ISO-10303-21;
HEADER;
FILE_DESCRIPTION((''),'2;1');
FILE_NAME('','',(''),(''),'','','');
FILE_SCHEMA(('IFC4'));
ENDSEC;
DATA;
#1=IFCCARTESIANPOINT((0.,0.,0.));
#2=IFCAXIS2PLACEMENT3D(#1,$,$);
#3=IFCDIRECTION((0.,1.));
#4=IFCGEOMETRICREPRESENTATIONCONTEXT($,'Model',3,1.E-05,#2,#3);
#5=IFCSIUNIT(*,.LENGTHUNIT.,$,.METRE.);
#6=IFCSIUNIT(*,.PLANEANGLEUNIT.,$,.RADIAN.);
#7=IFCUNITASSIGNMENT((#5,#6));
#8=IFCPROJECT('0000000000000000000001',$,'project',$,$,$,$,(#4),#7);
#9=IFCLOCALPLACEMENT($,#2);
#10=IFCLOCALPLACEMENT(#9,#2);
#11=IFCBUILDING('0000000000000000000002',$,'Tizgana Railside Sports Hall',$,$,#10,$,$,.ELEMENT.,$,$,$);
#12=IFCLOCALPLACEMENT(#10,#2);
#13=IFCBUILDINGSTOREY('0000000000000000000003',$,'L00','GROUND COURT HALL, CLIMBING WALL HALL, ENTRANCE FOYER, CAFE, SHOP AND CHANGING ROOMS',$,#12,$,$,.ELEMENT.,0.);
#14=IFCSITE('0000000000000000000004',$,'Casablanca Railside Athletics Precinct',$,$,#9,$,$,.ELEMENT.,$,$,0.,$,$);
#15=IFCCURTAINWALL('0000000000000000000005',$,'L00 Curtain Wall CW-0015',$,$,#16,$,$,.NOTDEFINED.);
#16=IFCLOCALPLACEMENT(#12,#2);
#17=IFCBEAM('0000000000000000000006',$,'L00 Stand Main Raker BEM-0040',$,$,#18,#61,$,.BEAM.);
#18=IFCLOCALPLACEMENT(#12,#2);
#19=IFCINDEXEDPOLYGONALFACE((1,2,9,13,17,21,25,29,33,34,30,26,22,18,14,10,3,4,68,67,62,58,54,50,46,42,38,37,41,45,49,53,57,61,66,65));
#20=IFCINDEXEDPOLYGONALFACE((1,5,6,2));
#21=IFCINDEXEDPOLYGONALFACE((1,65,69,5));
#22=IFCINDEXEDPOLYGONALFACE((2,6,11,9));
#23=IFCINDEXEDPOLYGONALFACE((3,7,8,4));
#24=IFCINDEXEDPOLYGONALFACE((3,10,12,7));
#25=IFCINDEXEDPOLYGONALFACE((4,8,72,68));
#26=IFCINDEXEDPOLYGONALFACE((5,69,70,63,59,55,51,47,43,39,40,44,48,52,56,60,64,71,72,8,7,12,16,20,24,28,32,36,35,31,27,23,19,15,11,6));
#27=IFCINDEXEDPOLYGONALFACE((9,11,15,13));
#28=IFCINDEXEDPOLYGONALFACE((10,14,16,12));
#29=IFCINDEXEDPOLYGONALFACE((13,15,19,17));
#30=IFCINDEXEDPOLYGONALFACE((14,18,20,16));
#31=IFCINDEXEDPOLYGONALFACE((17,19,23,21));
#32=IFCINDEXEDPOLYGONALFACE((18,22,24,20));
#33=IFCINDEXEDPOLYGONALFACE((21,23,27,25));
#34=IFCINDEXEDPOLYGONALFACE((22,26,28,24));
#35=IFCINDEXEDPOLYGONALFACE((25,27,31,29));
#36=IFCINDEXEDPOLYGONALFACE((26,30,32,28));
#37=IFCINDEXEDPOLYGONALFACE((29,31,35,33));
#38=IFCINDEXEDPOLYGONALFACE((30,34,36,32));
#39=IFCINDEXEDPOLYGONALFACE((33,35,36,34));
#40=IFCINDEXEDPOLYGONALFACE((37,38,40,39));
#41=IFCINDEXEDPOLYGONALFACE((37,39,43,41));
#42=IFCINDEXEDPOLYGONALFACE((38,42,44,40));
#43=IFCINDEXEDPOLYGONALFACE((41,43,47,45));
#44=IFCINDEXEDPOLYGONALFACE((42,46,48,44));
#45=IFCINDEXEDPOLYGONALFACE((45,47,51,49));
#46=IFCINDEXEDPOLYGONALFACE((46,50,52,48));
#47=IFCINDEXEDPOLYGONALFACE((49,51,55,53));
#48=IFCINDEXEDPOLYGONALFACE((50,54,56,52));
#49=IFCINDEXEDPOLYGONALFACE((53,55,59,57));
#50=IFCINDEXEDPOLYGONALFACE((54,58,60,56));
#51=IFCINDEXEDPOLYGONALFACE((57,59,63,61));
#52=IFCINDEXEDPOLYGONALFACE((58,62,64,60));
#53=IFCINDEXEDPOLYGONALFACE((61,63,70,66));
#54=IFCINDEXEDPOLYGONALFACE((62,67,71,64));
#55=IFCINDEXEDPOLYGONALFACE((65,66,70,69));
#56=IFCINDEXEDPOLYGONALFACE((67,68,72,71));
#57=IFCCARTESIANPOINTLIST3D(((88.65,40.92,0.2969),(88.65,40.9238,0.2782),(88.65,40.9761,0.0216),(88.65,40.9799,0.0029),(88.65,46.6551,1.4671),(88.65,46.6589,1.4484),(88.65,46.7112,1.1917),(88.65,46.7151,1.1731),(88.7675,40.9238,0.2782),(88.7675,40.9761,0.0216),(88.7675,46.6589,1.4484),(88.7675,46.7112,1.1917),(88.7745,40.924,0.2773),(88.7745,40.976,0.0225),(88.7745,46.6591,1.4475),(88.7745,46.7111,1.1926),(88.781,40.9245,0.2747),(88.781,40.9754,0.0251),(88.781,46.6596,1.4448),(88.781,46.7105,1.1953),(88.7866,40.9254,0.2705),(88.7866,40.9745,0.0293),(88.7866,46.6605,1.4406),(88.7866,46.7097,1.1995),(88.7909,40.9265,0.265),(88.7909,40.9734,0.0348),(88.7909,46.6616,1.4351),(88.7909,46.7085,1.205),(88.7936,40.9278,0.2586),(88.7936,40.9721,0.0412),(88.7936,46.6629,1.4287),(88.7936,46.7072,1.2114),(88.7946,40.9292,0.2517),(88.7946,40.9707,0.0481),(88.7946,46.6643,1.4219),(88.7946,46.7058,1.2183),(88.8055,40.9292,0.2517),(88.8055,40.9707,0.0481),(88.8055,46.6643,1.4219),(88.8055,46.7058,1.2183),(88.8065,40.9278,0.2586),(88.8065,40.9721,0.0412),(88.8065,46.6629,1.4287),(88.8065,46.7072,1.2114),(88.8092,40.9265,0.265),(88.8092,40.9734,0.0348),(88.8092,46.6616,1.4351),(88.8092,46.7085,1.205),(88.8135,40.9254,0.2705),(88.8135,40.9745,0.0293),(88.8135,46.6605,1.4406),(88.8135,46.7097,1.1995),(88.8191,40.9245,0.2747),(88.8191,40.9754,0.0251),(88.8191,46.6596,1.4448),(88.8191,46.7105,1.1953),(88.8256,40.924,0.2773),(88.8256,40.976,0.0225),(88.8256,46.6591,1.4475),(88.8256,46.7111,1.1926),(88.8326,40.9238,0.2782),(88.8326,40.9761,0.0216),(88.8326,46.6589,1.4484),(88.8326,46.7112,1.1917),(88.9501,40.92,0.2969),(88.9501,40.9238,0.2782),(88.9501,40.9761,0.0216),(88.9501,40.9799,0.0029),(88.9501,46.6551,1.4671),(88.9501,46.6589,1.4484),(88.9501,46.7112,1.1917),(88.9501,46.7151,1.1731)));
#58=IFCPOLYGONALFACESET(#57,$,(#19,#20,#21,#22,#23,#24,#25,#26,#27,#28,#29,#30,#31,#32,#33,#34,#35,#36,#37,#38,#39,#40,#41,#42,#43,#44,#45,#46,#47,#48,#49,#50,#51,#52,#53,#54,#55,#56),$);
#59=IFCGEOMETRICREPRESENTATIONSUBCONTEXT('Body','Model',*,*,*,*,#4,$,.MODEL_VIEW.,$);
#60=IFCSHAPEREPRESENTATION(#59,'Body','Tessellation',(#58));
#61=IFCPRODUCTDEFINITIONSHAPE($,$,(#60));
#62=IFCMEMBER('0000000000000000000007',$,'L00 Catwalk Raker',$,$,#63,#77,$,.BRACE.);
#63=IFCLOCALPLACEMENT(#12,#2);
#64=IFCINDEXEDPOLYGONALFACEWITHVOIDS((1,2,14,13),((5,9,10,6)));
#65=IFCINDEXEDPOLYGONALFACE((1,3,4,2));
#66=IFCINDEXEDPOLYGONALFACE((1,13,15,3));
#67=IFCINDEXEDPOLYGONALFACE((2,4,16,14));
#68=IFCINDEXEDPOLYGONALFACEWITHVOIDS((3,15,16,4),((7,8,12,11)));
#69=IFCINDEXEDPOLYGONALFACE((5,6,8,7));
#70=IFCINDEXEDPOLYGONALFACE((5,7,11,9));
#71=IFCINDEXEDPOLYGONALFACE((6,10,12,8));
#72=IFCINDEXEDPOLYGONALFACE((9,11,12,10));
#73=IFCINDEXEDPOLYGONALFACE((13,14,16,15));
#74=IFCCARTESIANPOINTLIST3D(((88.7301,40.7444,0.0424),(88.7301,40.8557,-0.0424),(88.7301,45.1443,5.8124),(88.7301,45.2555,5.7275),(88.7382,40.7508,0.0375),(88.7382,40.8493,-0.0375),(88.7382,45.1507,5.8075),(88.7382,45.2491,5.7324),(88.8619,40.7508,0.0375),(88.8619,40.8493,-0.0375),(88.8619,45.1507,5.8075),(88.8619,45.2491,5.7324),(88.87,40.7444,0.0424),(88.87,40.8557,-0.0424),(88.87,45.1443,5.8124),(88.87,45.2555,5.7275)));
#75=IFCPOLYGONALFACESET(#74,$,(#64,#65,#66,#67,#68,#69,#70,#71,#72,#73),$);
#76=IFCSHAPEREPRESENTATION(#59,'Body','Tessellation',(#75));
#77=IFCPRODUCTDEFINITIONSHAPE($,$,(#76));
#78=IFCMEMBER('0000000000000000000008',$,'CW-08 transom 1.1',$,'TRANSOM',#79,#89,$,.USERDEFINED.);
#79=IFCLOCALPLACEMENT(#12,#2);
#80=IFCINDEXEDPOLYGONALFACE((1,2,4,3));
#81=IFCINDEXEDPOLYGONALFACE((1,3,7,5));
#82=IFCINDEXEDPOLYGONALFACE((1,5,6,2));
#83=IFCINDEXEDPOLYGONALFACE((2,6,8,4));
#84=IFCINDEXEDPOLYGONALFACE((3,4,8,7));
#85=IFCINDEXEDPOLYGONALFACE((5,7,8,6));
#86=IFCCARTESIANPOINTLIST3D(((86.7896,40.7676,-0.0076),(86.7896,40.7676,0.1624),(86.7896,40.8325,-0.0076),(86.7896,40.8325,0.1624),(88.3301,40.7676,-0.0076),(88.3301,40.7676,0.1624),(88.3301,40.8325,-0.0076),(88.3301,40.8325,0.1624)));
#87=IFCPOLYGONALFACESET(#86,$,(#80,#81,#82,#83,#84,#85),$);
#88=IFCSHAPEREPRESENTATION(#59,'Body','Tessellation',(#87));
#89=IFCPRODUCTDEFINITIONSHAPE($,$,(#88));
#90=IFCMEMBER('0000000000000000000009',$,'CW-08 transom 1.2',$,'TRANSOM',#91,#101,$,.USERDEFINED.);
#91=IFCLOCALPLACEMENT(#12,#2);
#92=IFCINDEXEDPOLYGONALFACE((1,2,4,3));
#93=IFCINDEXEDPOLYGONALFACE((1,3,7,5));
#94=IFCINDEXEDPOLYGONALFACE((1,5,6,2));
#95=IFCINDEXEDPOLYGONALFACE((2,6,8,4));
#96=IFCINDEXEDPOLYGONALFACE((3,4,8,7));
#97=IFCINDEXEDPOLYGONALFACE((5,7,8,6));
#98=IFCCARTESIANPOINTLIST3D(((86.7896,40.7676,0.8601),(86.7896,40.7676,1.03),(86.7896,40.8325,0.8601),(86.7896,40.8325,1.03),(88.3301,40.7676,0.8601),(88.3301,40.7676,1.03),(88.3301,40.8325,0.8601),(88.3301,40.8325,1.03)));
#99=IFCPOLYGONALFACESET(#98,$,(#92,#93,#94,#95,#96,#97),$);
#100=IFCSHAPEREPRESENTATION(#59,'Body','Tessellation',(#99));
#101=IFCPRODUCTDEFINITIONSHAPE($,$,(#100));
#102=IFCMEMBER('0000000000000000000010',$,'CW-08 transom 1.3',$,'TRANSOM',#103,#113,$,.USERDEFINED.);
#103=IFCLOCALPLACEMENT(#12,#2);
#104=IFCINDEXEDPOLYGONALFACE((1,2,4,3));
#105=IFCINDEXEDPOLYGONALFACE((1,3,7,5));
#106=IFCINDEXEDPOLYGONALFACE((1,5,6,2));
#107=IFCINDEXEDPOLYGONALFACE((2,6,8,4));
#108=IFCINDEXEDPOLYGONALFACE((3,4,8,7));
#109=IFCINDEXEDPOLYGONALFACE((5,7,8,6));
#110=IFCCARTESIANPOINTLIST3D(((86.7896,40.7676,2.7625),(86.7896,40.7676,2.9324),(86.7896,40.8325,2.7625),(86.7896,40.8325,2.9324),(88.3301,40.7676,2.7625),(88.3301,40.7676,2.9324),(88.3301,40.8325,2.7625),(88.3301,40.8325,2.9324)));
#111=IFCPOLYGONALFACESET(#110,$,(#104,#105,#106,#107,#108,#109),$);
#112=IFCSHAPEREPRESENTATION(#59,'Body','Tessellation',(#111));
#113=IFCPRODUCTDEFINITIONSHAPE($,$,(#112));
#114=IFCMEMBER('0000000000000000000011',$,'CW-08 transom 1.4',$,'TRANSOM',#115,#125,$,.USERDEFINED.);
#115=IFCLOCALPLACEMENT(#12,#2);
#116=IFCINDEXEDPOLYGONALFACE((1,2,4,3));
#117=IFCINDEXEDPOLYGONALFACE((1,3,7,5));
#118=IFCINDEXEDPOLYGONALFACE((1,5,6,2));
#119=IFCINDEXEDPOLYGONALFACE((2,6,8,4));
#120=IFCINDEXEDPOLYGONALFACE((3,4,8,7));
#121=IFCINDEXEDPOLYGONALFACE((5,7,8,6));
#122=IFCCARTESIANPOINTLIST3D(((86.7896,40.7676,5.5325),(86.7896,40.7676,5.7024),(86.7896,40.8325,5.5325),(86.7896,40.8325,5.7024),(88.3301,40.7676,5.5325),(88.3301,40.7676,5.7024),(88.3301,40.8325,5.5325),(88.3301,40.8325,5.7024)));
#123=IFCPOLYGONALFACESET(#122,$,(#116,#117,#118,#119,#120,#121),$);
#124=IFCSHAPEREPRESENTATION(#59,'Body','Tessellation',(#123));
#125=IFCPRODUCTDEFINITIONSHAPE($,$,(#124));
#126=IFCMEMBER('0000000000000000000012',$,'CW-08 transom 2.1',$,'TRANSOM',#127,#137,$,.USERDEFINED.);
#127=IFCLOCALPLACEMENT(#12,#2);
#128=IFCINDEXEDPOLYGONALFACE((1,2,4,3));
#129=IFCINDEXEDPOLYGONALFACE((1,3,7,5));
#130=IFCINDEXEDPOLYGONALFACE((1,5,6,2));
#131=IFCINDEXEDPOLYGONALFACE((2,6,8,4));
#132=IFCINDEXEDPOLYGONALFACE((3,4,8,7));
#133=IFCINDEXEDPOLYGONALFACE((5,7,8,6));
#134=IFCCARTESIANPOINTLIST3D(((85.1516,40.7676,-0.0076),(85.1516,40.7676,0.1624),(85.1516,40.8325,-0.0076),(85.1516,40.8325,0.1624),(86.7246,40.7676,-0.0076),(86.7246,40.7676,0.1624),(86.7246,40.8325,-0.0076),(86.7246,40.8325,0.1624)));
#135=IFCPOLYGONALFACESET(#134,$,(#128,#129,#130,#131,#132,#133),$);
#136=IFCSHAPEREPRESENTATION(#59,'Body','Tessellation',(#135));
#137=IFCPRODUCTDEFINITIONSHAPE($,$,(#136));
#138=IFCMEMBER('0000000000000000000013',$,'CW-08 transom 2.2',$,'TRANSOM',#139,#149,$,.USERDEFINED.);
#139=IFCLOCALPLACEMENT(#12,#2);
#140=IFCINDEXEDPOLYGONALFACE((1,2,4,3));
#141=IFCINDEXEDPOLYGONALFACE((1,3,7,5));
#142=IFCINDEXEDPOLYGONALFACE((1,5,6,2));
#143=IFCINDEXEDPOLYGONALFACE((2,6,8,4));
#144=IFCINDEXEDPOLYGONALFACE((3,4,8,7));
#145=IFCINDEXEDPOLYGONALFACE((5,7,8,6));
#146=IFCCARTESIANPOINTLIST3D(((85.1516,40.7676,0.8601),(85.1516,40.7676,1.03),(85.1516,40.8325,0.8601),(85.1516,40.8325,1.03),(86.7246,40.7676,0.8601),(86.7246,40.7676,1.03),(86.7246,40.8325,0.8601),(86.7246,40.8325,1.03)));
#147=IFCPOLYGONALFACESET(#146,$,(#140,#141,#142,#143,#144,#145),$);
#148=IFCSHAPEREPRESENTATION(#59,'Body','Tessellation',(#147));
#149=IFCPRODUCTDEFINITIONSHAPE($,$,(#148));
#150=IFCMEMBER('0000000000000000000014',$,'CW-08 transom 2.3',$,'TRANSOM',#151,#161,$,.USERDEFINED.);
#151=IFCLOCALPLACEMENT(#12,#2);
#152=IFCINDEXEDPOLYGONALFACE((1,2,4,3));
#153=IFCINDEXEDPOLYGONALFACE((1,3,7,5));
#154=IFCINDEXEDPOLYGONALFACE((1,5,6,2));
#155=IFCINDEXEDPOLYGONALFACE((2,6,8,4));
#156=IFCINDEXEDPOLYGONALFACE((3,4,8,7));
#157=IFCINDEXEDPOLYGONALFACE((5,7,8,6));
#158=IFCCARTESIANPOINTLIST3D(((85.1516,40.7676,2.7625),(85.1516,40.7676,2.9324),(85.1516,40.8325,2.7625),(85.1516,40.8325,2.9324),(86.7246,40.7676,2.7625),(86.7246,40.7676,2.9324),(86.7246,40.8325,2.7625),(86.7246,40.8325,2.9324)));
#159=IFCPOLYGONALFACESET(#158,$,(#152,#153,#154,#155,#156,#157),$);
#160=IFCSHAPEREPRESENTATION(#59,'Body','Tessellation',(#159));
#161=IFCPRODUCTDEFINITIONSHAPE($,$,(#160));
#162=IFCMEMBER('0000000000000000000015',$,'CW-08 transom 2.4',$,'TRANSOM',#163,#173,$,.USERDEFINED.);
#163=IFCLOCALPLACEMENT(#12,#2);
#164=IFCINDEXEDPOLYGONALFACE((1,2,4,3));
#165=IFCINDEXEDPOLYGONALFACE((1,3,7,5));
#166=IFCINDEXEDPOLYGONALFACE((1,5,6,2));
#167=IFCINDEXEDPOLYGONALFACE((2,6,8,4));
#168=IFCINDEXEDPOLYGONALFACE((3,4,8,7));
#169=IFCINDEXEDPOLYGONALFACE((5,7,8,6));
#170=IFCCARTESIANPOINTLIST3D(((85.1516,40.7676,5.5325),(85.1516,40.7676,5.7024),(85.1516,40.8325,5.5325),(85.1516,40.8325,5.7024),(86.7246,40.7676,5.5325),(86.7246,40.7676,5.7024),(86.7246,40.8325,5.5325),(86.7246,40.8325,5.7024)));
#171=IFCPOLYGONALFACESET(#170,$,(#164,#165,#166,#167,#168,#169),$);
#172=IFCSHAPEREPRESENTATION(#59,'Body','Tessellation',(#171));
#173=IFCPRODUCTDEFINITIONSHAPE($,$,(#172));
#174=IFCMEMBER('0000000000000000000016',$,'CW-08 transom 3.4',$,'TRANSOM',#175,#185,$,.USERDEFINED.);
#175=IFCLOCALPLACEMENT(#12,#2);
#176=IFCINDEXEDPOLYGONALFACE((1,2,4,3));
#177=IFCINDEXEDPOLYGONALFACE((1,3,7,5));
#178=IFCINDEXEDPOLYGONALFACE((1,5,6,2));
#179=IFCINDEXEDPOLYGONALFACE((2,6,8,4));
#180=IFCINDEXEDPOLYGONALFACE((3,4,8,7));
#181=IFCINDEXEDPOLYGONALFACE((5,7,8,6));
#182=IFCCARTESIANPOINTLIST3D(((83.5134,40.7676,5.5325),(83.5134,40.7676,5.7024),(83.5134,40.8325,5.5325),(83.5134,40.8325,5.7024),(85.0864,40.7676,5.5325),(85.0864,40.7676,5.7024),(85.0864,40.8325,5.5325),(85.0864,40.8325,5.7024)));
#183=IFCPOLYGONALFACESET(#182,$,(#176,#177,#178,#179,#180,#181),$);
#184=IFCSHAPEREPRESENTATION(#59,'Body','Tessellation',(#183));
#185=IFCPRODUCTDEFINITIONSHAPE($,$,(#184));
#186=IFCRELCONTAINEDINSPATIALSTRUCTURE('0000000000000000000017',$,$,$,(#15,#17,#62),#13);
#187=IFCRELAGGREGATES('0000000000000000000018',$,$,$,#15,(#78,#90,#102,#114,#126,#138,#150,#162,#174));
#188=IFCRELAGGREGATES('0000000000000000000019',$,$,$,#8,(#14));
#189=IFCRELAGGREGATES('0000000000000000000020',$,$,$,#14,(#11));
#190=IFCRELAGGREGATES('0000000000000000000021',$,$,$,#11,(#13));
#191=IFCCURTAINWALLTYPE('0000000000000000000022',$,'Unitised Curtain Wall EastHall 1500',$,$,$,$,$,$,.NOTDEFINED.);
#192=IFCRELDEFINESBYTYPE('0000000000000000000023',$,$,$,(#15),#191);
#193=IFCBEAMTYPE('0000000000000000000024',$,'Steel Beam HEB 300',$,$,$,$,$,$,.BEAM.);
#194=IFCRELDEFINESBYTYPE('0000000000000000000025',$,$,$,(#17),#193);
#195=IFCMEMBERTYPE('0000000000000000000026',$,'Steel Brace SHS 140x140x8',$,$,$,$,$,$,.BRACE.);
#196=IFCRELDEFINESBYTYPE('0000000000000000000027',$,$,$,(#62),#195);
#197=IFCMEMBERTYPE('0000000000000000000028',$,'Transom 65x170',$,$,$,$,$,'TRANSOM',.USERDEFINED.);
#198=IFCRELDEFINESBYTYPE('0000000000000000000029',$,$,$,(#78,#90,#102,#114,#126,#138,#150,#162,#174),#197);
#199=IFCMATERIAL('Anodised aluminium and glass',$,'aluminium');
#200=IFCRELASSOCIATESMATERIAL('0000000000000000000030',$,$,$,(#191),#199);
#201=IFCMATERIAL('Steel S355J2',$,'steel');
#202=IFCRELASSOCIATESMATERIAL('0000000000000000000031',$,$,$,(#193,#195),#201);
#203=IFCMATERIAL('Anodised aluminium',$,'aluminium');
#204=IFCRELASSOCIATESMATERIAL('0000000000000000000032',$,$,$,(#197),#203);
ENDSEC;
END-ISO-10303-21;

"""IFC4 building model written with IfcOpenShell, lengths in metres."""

from ifc_helpers import new_model, si_unit, direction, frame, origin, origin_2d, place, context, subcontext, project, spatial, rectangle, hollow_rectangle, i_section, extrude, material, material_profile, profile_set, type_object, element, aggregate, save


model = new_model("IFC4")

# Units and contexts
model_context = context("Model", 3, precision=1e-05, world=origin(), true_north=direction((0.0, 1.0)))
body_context = subcontext(model_context, "Body", "Model", "MODEL_VIEW")
ifc_project = project(units=[si_unit("LENGTHUNIT", "METRE"), si_unit("PLANEANGLEUNIT", "RADIAN")], contexts=[model_context])

# Site, building, storey
site_placement = place(None, origin())
site = spatial("IfcSite", under=ifc_project, at=site_placement, Name="Casablanca Railside Athletics Precinct", CompositionType="ELEMENT", RefElevation=0.0)
building_placement = place(site_placement, origin())
building = spatial("IfcBuilding", under=site, at=building_placement, Name="Tizgana Railside Sports Hall", CompositionType="ELEMENT")
storey_placement = place(building_placement, origin())
storey = spatial("IfcBuildingStorey", under=building, at=storey_placement, Name="L00", Description="GROUND COURT HALL, CLIMBING WALL HALL, ENTRANCE FOYER, CAFE, SHOP AND CHANGING ROOMS", CompositionType="ELEMENT", Elevation=0.0)

# Curtain wall
ifc_material_1 = material(Name="Anodised aluminium and glass", Category="aluminium")
curtain_wall_type_1 = type_object("IfcCurtainWallType", Name="Unitised Curtain Wall EastHall 1500", PredefinedType="NOTDEFINED", material=ifc_material_1)
curtain_wall_1_placement = place(storey_placement, origin())
curtain_wall_1 = element("IfcCurtainWall", 1, at=curtain_wall_1_placement, inside=storey, type_object=curtain_wall_type_1, Name="L00 Curtain Wall CW-0015", PredefinedType="NOTDEFINED")
ifc_material_2 = material(Name="Anodised aluminium", Category="aluminium")

# Beam
ifc_material_3 = material(Name="Steel S355J2", Category="steel")
ifc_material_profile_1 = material_profile(ifc_material_3, i_section(OverallWidth=0.3, OverallDepth=0.3, WebThickness=0.011, FlangeThickness=0.019, FilletRadius=0.0271, at=origin_2d()), Name="HEB 300")
ifc_profile_set_1 = profile_set([ifc_material_profile_1], Name="Steel S355J2")
beam_type_1 = type_object("IfcBeamType", Name="Steel Beam HEB 300", PredefinedType="BEAM", material=ifc_profile_set_1)
beam_1_placement = place(storey_placement, frame((88.8, 40.95, 0.1499), z_axis=(0.0, 0.979813, 0.199917), x_axis=(-1.0, 0.0, 0.0)))
element("IfcBeam", 2, at=beam_1_placement, inside=storey, type_object=beam_type_1, Name="L00 Stand Main Raker BEM-0040", PredefinedType="BEAM", context=body_context, shape_type="SweptSolid", body=[
    extrude(i_section(OverallWidth=0.3, OverallDepth=0.3, WebThickness=0.011, FlangeThickness=0.019, FilletRadius=0.0271, at=origin_2d()), origin(), (0.0, 0.0, 1.0), 5.8533),
])

# Members
ifc_material_profile_2 = material_profile(ifc_material_3, hollow_rectangle(XDim=0.1399, YDim=0.1399, WallThickness=0.0081, at=origin_2d()), Name="SHS 140x140x8")
ifc_profile_set_2 = profile_set([ifc_material_profile_2], Name="Steel S355J2")
member_type_1 = type_object("IfcMemberType", Name="Steel Brace SHS 140x140x8", PredefinedType="BRACE", material=ifc_profile_set_2)
member_1_placement = place(storey_placement, frame((88.8, 40.8, 0.0), z_axis=(0.0, 0.606366, 0.795186), x_axis=(-1.0, 0.0, 0.0)))
element("IfcMember", 3, at=member_1_placement, inside=storey, type_object=member_type_1, Name="L00 Catwalk Raker", PredefinedType="BRACE", context=body_context, shape_type="SweptSolid", body=[
    extrude(hollow_rectangle(XDim=0.1399, YDim=0.1399, WallThickness=0.0081, at=origin_2d()), origin(), (0.0, 0.0, 1.0), 7.2561),
])
ifc_material_profile_3 = material_profile(ifc_material_2, rectangle(XDim=0.0649, YDim=0.1699, at=origin_2d()), Name="Transom 65x170")
ifc_profile_set_3 = profile_set([ifc_material_profile_3], Name="Anodised aluminium")
member_type_2 = type_object("IfcMemberType", Name="Transom 65x170", ElementType="TRANSOM", PredefinedType="USERDEFINED", material=ifc_profile_set_3)
member_2_placement = place(storey_placement, frame((88.3301, 40.8, 0.0774), z_axis=(-1.0, 0.0, 0.0), x_axis=(0.0, -1.0, 0.0)))
member_2 = element("IfcMember", 4, at=member_2_placement, type_object=member_type_2, Name="CW-08 transom 1.1", ObjectType="TRANSOM", PredefinedType="USERDEFINED", context=body_context, shape_type="SweptSolid", body=[
    extrude(rectangle(XDim=0.0649, YDim=0.1699, at=origin_2d()), origin(), (0.0, 0.0, 1.0), 1.5405),
])
member_3_placement = place(storey_placement, frame((88.3301, 40.8, 0.9451), z_axis=(-1.0, 0.0, 0.0), x_axis=(0.0, -1.0, 0.0)))
member_3 = element("IfcMember", 5, at=member_3_placement, type_object=member_type_2, Name="CW-08 transom 1.2", ObjectType="TRANSOM", PredefinedType="USERDEFINED", context=body_context, shape_type="SweptSolid", body=[
    extrude(rectangle(XDim=0.0649, YDim=0.1699, at=origin_2d()), origin(), (0.0, 0.0, 1.0), 1.5405),
])
member_4_placement = place(storey_placement, frame((88.3301, 40.8, 2.8474), z_axis=(-1.0, 0.0, 0.0), x_axis=(0.0, -1.0, 0.0)))
member_4 = element("IfcMember", 6, at=member_4_placement, type_object=member_type_2, Name="CW-08 transom 1.3", ObjectType="TRANSOM", PredefinedType="USERDEFINED", context=body_context, shape_type="SweptSolid", body=[
    extrude(rectangle(XDim=0.0649, YDim=0.1699, at=origin_2d()), origin(), (0.0, 0.0, 1.0), 1.5405),
])
member_5_placement = place(storey_placement, frame((88.3301, 40.8, 5.6174), z_axis=(-1.0, 0.0, 0.0), x_axis=(0.0, -1.0, 0.0)))
member_5 = element("IfcMember", 7, at=member_5_placement, type_object=member_type_2, Name="CW-08 transom 1.4", ObjectType="TRANSOM", PredefinedType="USERDEFINED", context=body_context, shape_type="SweptSolid", body=[
    extrude(rectangle(XDim=0.0649, YDim=0.1699, at=origin_2d()), origin(), (0.0, 0.0, 1.0), 1.5405),
])
member_6_placement = place(storey_placement, frame((86.7246, 40.8, 0.0774), z_axis=(-1.0, 0.0, 0.0), x_axis=(0.0, -1.0, 0.0)))
member_6 = element("IfcMember", 8, at=member_6_placement, type_object=member_type_2, Name="CW-08 transom 2.1", ObjectType="TRANSOM", PredefinedType="USERDEFINED", context=body_context, shape_type="SweptSolid", body=[
    extrude(rectangle(XDim=0.0649, YDim=0.1699, at=origin_2d()), origin(), (0.0, 0.0, 1.0), 1.573),
])
member_7_placement = place(storey_placement, frame((86.7246, 40.8, 0.9451), z_axis=(-1.0, 0.0, 0.0), x_axis=(0.0, -1.0, 0.0)))
member_7 = element("IfcMember", 9, at=member_7_placement, type_object=member_type_2, Name="CW-08 transom 2.2", ObjectType="TRANSOM", PredefinedType="USERDEFINED", context=body_context, shape_type="SweptSolid", body=[
    extrude(rectangle(XDim=0.0649, YDim=0.1699, at=origin_2d()), origin(), (0.0, 0.0, 1.0), 1.573),
])
member_8_placement = place(storey_placement, frame((86.7246, 40.8, 2.8474), z_axis=(-1.0, 0.0, 0.0), x_axis=(0.0, -1.0, 0.0)))
member_8 = element("IfcMember", 10, at=member_8_placement, type_object=member_type_2, Name="CW-08 transom 2.3", ObjectType="TRANSOM", PredefinedType="USERDEFINED", context=body_context, shape_type="SweptSolid", body=[
    extrude(rectangle(XDim=0.0649, YDim=0.1699, at=origin_2d()), origin(), (0.0, 0.0, 1.0), 1.573),
])
member_9_placement = place(storey_placement, frame((86.7246, 40.8, 5.6174), z_axis=(-1.0, 0.0, 0.0), x_axis=(0.0, -1.0, 0.0)))
member_9 = element("IfcMember", 11, at=member_9_placement, type_object=member_type_2, Name="CW-08 transom 2.4", ObjectType="TRANSOM", PredefinedType="USERDEFINED", context=body_context, shape_type="SweptSolid", body=[
    extrude(rectangle(XDim=0.0649, YDim=0.1699, at=origin_2d()), origin(), (0.0, 0.0, 1.0), 1.573),
])
member_10_placement = place(storey_placement, frame((85.0864, 40.8, 5.6174), z_axis=(-1.0, 0.0, 0.0), x_axis=(0.0, -1.0, 0.0)))
member_10 = element("IfcMember", 12, at=member_10_placement, type_object=member_type_2, Name="CW-08 transom 3.4", ObjectType="TRANSOM", PredefinedType="USERDEFINED", context=body_context, shape_type="SweptSolid", body=[
    extrude(rectangle(XDim=0.0649, YDim=0.1699, at=origin_2d()), origin(), (0.0, 0.0, 1.0), 1.573),
])

aggregate(curtain_wall_1, [member_2, member_3, member_4, member_5, member_6, member_7, member_8, member_9, member_10])

save(model, "model.ifc")
